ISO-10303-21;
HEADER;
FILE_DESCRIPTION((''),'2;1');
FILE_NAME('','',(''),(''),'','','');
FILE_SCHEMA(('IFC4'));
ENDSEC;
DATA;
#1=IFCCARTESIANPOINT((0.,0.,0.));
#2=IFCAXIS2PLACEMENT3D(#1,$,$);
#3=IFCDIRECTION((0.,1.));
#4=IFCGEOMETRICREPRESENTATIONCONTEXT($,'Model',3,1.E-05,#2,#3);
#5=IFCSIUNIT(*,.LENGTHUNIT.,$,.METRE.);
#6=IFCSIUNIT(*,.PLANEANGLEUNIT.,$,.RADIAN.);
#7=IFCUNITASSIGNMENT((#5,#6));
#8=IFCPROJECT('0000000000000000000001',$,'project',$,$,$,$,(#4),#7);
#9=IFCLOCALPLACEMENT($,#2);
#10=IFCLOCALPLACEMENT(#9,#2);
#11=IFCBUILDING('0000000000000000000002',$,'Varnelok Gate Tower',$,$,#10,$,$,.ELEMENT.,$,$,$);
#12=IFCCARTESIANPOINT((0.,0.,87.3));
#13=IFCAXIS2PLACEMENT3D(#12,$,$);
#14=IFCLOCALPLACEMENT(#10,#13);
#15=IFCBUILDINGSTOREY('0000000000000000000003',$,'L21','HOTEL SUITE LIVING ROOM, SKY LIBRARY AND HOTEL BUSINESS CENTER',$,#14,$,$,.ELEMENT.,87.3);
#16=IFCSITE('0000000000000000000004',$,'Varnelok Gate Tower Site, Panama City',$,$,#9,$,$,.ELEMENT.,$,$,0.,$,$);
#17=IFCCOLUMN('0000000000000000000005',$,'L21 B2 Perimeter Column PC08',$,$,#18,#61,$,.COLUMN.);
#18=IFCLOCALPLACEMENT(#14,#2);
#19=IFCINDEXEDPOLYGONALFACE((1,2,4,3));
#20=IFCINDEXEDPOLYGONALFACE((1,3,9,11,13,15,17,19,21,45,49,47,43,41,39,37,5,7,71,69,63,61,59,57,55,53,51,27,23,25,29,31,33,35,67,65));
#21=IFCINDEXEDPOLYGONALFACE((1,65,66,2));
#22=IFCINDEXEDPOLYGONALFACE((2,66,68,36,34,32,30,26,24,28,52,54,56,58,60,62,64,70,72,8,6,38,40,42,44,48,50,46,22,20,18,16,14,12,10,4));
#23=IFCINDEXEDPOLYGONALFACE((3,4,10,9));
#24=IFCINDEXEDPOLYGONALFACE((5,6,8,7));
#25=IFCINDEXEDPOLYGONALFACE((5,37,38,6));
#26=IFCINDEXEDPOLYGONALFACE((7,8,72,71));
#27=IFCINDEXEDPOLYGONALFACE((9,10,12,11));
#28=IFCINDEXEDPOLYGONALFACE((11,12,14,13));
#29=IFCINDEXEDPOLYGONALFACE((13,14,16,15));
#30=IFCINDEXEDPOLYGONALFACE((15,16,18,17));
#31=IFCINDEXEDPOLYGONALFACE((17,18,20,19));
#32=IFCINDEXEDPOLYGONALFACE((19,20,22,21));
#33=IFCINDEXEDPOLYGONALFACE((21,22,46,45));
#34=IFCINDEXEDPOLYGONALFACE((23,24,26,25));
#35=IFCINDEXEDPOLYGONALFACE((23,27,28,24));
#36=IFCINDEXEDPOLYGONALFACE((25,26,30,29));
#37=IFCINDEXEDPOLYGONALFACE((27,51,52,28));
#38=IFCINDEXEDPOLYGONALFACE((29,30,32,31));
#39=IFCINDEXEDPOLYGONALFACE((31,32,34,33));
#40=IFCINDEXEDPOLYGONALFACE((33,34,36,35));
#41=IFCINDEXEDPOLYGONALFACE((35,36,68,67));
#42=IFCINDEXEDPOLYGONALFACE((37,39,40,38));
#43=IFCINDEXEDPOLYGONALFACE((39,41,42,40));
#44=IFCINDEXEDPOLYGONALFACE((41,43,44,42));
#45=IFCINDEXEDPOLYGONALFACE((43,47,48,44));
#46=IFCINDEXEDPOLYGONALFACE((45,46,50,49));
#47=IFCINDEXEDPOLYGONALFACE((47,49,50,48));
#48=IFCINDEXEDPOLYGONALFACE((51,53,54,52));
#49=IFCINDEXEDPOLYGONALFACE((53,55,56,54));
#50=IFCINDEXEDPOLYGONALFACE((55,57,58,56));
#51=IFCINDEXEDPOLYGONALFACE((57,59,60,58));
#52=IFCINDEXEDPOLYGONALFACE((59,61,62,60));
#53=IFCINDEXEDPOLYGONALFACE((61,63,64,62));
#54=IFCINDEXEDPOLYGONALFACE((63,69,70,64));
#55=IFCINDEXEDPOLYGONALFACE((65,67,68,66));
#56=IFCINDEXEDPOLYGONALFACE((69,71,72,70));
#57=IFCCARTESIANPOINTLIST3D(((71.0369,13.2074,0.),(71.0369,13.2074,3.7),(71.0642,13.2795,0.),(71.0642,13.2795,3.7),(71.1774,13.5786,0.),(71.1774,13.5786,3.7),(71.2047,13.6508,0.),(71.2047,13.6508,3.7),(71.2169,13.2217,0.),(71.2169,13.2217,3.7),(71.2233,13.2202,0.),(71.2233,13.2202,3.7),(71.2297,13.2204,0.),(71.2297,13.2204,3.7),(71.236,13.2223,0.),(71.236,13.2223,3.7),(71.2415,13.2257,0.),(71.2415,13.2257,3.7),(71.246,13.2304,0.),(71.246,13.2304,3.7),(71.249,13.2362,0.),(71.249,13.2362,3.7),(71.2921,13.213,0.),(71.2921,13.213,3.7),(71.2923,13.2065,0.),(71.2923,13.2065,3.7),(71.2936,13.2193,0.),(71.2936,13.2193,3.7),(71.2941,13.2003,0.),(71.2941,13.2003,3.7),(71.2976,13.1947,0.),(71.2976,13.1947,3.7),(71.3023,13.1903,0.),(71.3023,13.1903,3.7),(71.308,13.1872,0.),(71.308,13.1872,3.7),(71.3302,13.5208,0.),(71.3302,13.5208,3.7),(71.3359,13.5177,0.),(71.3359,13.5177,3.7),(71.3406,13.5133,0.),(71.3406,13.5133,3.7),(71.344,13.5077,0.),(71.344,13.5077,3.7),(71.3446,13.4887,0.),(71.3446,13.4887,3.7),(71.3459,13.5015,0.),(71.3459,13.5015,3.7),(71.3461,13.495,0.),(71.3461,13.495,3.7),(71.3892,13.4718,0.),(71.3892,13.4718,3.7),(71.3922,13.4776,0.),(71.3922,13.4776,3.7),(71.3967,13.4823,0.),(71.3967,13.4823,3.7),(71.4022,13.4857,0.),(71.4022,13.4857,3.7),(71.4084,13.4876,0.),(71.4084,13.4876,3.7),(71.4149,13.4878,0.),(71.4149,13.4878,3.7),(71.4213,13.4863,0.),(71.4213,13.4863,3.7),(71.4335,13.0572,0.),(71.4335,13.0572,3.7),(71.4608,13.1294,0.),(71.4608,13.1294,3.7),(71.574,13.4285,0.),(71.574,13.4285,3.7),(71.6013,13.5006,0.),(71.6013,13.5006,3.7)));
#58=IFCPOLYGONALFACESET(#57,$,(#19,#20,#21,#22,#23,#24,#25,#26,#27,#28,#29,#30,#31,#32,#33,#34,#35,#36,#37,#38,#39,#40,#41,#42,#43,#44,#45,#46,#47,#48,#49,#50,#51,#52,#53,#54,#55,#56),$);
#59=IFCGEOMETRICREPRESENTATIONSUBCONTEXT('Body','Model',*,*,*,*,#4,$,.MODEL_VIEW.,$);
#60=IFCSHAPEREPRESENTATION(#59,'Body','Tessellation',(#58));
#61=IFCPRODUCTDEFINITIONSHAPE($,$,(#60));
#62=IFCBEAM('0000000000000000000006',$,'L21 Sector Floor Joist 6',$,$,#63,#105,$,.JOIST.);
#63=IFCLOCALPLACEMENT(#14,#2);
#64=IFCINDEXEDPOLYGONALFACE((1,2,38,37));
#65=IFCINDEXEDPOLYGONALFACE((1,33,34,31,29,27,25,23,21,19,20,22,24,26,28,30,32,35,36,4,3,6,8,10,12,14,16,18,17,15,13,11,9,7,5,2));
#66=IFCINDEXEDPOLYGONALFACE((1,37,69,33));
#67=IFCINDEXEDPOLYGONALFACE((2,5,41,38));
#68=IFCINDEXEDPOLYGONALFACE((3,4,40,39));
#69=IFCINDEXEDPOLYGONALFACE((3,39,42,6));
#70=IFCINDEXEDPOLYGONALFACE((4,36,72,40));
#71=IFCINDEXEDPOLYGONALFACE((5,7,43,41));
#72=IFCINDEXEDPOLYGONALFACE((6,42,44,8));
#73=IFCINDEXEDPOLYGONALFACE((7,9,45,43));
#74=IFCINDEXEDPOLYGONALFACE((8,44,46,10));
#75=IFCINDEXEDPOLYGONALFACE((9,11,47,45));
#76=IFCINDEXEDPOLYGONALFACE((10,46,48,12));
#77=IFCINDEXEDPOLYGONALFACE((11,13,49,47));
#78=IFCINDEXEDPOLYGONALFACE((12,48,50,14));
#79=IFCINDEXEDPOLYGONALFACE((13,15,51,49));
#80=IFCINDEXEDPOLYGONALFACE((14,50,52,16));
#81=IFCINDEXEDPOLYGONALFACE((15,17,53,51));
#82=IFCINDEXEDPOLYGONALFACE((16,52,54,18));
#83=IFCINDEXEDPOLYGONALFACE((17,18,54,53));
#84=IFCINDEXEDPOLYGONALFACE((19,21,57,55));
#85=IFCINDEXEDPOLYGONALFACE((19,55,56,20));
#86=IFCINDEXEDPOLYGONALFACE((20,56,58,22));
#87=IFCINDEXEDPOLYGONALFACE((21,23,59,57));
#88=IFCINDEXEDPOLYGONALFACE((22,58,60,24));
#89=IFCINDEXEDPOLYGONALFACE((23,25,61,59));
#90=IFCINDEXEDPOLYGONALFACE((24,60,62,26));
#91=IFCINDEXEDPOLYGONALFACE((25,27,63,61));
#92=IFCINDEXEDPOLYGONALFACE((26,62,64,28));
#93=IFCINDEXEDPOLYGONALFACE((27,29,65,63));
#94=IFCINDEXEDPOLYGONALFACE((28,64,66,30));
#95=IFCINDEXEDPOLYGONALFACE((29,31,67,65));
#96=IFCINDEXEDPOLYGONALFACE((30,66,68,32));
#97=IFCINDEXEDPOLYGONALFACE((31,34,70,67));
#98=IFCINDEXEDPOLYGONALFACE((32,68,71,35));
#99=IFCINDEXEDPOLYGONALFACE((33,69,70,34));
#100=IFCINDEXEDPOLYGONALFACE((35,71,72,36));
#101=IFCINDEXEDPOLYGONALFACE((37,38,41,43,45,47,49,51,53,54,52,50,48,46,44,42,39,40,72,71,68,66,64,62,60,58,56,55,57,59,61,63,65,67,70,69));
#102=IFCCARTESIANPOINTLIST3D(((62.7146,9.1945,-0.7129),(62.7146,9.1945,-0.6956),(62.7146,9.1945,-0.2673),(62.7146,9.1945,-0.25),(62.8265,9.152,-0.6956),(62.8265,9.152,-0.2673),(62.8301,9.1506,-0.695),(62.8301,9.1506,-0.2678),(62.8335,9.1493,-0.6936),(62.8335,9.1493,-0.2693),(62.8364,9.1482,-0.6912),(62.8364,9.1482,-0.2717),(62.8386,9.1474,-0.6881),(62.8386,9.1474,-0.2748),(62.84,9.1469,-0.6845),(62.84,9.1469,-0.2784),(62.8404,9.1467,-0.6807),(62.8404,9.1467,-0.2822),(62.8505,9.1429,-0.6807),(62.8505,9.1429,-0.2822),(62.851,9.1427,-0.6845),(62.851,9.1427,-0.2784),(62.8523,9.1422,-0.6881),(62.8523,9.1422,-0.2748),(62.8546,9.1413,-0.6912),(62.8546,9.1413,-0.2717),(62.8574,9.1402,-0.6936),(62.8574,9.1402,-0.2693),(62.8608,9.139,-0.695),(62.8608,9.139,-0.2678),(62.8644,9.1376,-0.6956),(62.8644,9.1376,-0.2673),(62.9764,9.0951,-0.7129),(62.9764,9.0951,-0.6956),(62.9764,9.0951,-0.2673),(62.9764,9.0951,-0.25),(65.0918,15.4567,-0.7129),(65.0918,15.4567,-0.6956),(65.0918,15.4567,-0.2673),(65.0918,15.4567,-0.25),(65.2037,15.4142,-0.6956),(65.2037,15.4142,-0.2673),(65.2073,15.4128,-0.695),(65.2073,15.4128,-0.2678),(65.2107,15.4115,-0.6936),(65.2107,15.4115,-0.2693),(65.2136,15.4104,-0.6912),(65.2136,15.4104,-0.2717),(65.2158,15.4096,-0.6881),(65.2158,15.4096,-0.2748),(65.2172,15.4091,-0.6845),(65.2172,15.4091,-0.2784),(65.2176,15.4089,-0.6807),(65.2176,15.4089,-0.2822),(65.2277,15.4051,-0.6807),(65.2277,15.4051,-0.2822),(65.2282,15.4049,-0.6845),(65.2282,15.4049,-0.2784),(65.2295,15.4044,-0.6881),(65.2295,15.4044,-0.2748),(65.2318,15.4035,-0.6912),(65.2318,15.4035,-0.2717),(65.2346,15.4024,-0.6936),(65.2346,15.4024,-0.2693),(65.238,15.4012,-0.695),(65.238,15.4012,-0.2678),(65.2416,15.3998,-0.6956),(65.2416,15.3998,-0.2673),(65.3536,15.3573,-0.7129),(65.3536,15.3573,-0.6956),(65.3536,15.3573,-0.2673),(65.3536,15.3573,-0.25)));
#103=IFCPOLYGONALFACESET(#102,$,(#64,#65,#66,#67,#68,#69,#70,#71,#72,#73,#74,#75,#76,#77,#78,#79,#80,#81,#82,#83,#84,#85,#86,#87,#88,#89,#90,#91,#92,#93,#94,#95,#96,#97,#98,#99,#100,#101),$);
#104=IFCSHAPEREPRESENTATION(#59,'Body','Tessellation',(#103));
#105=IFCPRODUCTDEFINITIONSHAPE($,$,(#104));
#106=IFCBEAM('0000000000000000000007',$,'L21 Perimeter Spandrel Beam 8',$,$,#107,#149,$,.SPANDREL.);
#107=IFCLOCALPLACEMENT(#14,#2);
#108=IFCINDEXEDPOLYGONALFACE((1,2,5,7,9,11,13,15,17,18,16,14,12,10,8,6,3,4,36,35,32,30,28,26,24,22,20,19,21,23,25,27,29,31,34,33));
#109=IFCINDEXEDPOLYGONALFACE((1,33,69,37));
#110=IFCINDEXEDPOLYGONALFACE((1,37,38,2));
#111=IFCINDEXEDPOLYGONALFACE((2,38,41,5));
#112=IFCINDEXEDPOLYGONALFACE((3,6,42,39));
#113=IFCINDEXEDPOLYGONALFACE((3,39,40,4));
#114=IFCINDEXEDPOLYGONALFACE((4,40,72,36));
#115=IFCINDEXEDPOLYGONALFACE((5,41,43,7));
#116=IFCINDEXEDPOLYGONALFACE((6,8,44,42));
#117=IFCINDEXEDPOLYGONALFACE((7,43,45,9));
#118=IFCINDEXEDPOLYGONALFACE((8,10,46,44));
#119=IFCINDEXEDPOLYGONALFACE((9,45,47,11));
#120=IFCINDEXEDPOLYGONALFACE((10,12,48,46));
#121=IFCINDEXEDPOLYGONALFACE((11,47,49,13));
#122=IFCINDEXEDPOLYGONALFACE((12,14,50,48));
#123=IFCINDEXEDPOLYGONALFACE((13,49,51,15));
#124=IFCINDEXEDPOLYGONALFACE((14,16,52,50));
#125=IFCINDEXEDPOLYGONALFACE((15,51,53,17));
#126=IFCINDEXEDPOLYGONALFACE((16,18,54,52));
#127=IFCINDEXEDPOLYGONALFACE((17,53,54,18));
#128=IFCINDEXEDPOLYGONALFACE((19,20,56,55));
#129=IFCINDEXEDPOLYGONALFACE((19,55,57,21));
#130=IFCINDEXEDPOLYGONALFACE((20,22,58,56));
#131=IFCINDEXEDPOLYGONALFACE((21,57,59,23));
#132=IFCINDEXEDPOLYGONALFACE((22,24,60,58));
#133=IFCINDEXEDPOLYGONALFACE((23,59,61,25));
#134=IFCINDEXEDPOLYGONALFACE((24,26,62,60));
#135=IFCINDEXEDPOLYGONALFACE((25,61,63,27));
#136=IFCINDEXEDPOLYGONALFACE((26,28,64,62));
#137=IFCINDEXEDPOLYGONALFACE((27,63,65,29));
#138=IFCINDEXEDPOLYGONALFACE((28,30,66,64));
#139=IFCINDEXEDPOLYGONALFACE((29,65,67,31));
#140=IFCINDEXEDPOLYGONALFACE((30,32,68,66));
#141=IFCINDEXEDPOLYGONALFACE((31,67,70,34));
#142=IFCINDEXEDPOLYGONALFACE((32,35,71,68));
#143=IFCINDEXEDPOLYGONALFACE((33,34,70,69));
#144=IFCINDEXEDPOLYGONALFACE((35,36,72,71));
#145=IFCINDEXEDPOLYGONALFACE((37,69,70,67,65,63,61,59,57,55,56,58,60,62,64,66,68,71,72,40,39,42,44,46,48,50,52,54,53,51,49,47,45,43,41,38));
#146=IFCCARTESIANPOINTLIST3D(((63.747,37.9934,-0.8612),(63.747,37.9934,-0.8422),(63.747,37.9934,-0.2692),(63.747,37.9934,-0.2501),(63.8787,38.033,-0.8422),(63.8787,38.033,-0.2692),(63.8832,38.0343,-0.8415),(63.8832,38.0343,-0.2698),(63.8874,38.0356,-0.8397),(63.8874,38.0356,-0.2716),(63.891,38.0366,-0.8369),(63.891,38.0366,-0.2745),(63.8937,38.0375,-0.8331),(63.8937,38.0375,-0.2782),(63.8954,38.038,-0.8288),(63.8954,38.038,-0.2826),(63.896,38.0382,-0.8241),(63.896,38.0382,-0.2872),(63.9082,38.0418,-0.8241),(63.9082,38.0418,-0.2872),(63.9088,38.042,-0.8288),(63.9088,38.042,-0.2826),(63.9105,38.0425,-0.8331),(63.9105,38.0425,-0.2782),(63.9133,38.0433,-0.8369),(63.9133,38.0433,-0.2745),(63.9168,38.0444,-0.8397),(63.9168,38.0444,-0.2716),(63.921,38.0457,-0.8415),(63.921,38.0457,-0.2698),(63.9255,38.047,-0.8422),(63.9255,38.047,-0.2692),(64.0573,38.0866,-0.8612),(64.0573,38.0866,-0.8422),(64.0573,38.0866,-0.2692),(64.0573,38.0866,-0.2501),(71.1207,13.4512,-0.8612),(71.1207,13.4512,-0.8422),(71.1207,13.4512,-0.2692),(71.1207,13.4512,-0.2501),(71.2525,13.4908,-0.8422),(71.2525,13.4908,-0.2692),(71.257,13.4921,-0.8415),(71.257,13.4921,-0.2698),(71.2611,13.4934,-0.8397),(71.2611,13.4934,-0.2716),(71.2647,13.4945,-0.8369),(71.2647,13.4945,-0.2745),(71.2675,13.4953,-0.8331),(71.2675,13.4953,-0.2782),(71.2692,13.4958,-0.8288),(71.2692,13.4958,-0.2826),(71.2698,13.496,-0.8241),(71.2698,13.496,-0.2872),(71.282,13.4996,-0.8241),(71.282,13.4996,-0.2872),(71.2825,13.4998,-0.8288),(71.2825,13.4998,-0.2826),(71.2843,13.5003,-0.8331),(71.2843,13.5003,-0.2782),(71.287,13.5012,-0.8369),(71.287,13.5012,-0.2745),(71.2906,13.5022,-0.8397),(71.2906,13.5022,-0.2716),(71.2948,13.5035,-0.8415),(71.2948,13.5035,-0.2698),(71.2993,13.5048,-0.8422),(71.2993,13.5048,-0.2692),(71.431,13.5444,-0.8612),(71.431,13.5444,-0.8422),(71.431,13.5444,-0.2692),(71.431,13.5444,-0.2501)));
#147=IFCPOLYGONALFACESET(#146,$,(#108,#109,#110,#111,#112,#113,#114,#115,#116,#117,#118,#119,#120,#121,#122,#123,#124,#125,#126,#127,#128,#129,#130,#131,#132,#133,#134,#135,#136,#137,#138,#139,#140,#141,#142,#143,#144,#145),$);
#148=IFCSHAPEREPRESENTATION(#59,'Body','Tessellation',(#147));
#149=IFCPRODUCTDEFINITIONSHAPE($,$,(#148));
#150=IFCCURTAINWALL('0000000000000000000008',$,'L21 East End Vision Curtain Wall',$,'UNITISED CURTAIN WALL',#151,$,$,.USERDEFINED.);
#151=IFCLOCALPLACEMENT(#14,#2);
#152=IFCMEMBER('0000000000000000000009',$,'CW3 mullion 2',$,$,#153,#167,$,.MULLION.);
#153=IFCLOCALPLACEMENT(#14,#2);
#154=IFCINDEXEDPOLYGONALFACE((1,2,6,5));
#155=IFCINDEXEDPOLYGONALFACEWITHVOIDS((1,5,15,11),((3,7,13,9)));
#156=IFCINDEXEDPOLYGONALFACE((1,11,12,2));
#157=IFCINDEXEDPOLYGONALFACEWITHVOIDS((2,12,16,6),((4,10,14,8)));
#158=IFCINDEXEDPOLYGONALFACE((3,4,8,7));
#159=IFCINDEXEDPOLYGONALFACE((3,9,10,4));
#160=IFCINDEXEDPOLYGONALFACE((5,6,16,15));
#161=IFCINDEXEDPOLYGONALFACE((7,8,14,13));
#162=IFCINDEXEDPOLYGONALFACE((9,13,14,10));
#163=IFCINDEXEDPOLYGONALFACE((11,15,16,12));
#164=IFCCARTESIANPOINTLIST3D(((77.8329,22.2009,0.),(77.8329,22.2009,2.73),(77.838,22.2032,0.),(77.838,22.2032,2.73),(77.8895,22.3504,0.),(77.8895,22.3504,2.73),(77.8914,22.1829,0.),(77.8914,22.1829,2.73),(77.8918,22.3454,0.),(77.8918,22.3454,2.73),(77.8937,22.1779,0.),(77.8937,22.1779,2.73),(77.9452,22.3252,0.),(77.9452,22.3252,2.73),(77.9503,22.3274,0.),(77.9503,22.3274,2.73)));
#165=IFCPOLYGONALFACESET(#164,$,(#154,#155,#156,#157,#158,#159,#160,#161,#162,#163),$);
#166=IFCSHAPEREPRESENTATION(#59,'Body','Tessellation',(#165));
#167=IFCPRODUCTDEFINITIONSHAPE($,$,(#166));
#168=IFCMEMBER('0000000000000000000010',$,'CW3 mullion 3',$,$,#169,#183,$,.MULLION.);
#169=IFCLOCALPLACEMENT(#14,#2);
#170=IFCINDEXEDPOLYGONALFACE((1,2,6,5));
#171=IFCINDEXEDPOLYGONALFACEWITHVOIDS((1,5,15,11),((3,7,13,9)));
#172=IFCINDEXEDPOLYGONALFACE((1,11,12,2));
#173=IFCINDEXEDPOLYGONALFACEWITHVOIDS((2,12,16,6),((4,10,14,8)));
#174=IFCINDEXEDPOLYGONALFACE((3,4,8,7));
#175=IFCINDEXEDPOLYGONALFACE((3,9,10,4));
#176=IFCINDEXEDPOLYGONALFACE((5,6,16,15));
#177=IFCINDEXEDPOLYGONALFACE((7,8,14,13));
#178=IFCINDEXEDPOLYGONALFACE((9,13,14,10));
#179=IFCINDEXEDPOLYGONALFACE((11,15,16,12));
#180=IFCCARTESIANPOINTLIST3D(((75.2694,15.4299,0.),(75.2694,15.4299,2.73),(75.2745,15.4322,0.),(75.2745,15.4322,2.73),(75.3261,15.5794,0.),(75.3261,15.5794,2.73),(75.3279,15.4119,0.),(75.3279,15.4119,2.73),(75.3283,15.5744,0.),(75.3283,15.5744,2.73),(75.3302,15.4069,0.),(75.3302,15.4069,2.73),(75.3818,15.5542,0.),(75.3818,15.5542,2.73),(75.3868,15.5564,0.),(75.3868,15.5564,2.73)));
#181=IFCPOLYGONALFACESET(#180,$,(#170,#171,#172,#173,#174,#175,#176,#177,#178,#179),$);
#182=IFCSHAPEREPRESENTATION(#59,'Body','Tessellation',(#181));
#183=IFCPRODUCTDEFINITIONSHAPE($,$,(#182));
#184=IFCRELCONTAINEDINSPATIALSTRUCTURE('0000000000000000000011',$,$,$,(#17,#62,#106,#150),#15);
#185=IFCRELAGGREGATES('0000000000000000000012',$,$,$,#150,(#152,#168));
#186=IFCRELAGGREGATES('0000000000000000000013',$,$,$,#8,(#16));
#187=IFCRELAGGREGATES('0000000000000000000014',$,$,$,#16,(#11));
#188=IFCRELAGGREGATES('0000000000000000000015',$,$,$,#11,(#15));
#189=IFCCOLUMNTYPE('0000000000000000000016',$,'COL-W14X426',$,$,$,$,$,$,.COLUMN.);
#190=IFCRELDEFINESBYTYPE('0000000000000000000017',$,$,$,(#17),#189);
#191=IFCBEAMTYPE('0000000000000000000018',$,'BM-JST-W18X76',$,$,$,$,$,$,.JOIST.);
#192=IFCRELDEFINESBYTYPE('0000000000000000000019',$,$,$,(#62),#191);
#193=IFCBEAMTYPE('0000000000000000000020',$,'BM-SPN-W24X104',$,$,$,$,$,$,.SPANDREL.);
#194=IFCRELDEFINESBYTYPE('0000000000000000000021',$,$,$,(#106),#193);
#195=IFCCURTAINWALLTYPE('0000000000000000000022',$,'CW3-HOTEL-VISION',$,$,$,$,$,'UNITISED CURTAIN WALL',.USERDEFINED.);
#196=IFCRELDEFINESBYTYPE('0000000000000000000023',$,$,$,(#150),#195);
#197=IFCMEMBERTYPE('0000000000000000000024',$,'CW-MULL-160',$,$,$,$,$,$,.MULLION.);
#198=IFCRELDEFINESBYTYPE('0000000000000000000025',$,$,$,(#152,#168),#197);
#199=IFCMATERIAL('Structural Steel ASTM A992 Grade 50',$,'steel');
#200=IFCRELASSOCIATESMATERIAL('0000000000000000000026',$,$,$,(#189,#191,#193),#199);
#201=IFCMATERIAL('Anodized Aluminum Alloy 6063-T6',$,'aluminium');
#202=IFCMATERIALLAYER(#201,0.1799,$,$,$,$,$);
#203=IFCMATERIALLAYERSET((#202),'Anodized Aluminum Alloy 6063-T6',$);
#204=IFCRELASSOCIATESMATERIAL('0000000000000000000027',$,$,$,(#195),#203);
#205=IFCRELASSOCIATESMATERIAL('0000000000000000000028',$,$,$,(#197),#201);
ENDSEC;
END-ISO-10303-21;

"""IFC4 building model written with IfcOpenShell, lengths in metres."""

from ifc_helpers import new_model, si_unit, direction, frame, origin, origin_2d, place, context, subcontext, project, spatial, hollow_rectangle, i_section, extrude, material, layer, layer_set, material_profile, profile_set, type_object, element, aggregate, save


model = new_model("IFC4")

# Units and contexts
model_context = context("Model", 3, precision=1e-05, world=origin(), true_north=direction((0.0, 1.0)))
body_context = subcontext(model_context, "Body", "Model", "MODEL_VIEW")
ifc_project = project(units=[si_unit("LENGTHUNIT", "METRE"), si_unit("PLANEANGLEUNIT", "RADIAN")], contexts=[model_context])

# Site, building, storey
site_placement = place(None, origin())
site = spatial("IfcSite", under=ifc_project, at=site_placement, Name="Varnelok Gate Tower Site, Panama City", CompositionType="ELEMENT", RefElevation=0.0)
building_placement = place(site_placement, origin())
building = spatial("IfcBuilding", under=site, at=building_placement, Name="Varnelok Gate Tower", CompositionType="ELEMENT")
storey_placement = place(building_placement, frame((0.0, 0.0, 87.3)))
storey = spatial("IfcBuildingStorey", under=building, at=storey_placement, Name="L21", Description="HOTEL SUITE LIVING ROOM, SKY LIBRARY AND HOTEL BUSINESS CENTER", CompositionType="ELEMENT", Elevation=87.3)

# Column
ifc_material_1 = material(Name="Structural Steel ASTM A992 Grade 50", Category="steel")
ifc_material_profile_1 = material_profile(ifc_material_1, i_section(OverallWidth=0.4241, OverallDepth=0.4741, WebThickness=0.0476, FlangeThickness=0.0771, FilletRadius=0.0249, at=origin_2d()), Name="W14X426")
ifc_profile_set_1 = profile_set([ifc_material_profile_1], Name="Structural Steel ASTM A992 Grade 50")
column_type = type_object("IfcColumnType", Name="COL-W14X426", PredefinedType="COLUMN", material=ifc_profile_set_1)
column_placement = place(storey_placement, frame((71.3191, 13.354, 0.0), z_axis=(0.0, 0.0, 1.0), x_axis=(0.935222, -0.354063, 0.0)))
element("IfcColumn", 1, at=column_placement, inside=storey, type_object=column_type, Name="L21 B2 Perimeter Column PC08", PredefinedType="COLUMN", context=body_context, shape_type="SweptSolid", body=[
    extrude(i_section(OverallWidth=0.4241, OverallDepth=0.4741, WebThickness=0.0476, FlangeThickness=0.0771, FilletRadius=0.0249, at=origin_2d()), origin(), (0.0, 0.0, 1.0), 3.7),
])

# Beams
ifc_material_profile_2 = material_profile(ifc_material_1, i_section(OverallWidth=0.28, OverallDepth=0.4629, WebThickness=0.0107, FlangeThickness=0.0173, FilletRadius=0.0149, at=origin_2d()), Name="W18X76")
ifc_profile_set_2 = profile_set([ifc_material_profile_2], Name="Structural Steel ASTM A992 Grade 50")
beam_type_1 = type_object("IfcBeamType", Name="BM-JST-W18X76", PredefinedType="JOIST", material=ifc_profile_set_2)
beam_1_placement = place(storey_placement, frame((62.8455, 9.1448, -0.4814), z_axis=(0.354899, 0.934905, 0.0), x_axis=(-0.934905, 0.354899, 0.0)))
element("IfcBeam", 2, at=beam_1_placement, inside=storey, type_object=beam_type_1, Name="L21 Sector Floor Joist 6", PredefinedType="JOIST", context=body_context, shape_type="SweptSolid", body=[
    extrude(i_section(OverallWidth=0.28, OverallDepth=0.4629, WebThickness=0.0107, FlangeThickness=0.0173, FilletRadius=0.0149, at=origin_2d()), origin(), (0.0, 0.0, 1.0), 6.6982),
])
ifc_material_profile_3 = material_profile(ifc_material_1, i_section(OverallWidth=0.324, OverallDepth=0.6111, WebThickness=0.0127, FlangeThickness=0.019, FilletRadius=0.0181, at=origin_2d()), Name="W24X104")
ifc_profile_set_3 = profile_set([ifc_material_profile_3], Name="Structural Steel ASTM A992 Grade 50")
beam_type_2 = type_object("IfcBeamType", Name="BM-SPN-W24X104", PredefinedType="SPANDREL", material=ifc_profile_set_3)
beam_2_placement = place(storey_placement, frame((71.2759, 13.4978, -0.5557), z_axis=(-0.287746, 0.957707, 0.0), x_axis=(-0.957707, -0.287746, 0.0)))
element("IfcBeam", 3, at=beam_2_placement, inside=storey, type_object=beam_type_2, Name="L21 Perimeter Spandrel Beam 8", PredefinedType="SPANDREL", context=body_context, shape_type="SweptSolid", body=[
    extrude(i_section(OverallWidth=0.324, OverallDepth=0.6111, WebThickness=0.0127, FlangeThickness=0.019, FilletRadius=0.0181, at=origin_2d()), origin(), (0.0, 0.0, 1.0), 25.626),
])

# Curtain wall, members
ifc_material_2 = material(Name="Anodized Aluminum Alloy 6063-T6", Category="aluminium")
ifc_layer_1 = layer(ifc_material_2, 0.1799)
ifc_layer_set_1 = layer_set([ifc_layer_1], Name="Anodized Aluminum Alloy 6063-T6")
curtain_wall_type = type_object("IfcCurtainWallType", Name="CW3-HOTEL-VISION", ElementType="UNITISED CURTAIN WALL", PredefinedType="USERDEFINED", material=ifc_layer_set_1)
curtain_wall_placement = place(storey_placement, origin())
curtain_wall = element("IfcCurtainWall", 4, at=curtain_wall_placement, inside=storey, type_object=curtain_wall_type, Name="L21 East End Vision Curtain Wall", ObjectType="UNITISED CURTAIN WALL", PredefinedType="USERDEFINED")
ifc_material_profile_4 = material_profile(ifc_material_2, hollow_rectangle(XDim=0.0649, YDim=0.1599, WallThickness=0.0039, at=origin_2d()), Name="ALU160X65X4")
ifc_profile_set_4 = profile_set([ifc_material_profile_4], Name="Anodized Aluminum Alloy 6063-T6")
member_type_1 = type_object("IfcMemberType", Name="CW-MULL-160", PredefinedType="MULLION", material=ifc_profile_set_4)
member_1_placement = place(storey_placement, frame((77.8916, 22.2642, 0.0), z_axis=(0.0, 0.0, 1.0), x_axis=(0.935221, -0.354064, 0.0)))
member_1 = element("IfcMember", 5, at=member_1_placement, type_object=member_type_1, Name="CW3 mullion 2", PredefinedType="MULLION", context=body_context, shape_type="SweptSolid", body=[
    extrude(hollow_rectangle(XDim=0.0649, YDim=0.1599, WallThickness=0.0039, at=origin_2d()), origin(), (0.0, 0.0, 1.0), 2.73),
])
member_2_placement = place(storey_placement, frame((75.3281, 15.4932, 0.0), z_axis=(0.0, 0.0, 1.0), x_axis=(0.935221, -0.354064, 0.0)))
member_2 = element("IfcMember", 6, at=member_2_placement, type_object=member_type_1, Name="CW3 mullion 3", PredefinedType="MULLION", context=body_context, shape_type="SweptSolid", body=[
    extrude(hollow_rectangle(XDim=0.0649, YDim=0.1599, WallThickness=0.0039, at=origin_2d()), origin(), (0.0, 0.0, 1.0), 2.73),
])
aggregate(curtain_wall, [member_1, member_2])

save(model, "model.ifc")
